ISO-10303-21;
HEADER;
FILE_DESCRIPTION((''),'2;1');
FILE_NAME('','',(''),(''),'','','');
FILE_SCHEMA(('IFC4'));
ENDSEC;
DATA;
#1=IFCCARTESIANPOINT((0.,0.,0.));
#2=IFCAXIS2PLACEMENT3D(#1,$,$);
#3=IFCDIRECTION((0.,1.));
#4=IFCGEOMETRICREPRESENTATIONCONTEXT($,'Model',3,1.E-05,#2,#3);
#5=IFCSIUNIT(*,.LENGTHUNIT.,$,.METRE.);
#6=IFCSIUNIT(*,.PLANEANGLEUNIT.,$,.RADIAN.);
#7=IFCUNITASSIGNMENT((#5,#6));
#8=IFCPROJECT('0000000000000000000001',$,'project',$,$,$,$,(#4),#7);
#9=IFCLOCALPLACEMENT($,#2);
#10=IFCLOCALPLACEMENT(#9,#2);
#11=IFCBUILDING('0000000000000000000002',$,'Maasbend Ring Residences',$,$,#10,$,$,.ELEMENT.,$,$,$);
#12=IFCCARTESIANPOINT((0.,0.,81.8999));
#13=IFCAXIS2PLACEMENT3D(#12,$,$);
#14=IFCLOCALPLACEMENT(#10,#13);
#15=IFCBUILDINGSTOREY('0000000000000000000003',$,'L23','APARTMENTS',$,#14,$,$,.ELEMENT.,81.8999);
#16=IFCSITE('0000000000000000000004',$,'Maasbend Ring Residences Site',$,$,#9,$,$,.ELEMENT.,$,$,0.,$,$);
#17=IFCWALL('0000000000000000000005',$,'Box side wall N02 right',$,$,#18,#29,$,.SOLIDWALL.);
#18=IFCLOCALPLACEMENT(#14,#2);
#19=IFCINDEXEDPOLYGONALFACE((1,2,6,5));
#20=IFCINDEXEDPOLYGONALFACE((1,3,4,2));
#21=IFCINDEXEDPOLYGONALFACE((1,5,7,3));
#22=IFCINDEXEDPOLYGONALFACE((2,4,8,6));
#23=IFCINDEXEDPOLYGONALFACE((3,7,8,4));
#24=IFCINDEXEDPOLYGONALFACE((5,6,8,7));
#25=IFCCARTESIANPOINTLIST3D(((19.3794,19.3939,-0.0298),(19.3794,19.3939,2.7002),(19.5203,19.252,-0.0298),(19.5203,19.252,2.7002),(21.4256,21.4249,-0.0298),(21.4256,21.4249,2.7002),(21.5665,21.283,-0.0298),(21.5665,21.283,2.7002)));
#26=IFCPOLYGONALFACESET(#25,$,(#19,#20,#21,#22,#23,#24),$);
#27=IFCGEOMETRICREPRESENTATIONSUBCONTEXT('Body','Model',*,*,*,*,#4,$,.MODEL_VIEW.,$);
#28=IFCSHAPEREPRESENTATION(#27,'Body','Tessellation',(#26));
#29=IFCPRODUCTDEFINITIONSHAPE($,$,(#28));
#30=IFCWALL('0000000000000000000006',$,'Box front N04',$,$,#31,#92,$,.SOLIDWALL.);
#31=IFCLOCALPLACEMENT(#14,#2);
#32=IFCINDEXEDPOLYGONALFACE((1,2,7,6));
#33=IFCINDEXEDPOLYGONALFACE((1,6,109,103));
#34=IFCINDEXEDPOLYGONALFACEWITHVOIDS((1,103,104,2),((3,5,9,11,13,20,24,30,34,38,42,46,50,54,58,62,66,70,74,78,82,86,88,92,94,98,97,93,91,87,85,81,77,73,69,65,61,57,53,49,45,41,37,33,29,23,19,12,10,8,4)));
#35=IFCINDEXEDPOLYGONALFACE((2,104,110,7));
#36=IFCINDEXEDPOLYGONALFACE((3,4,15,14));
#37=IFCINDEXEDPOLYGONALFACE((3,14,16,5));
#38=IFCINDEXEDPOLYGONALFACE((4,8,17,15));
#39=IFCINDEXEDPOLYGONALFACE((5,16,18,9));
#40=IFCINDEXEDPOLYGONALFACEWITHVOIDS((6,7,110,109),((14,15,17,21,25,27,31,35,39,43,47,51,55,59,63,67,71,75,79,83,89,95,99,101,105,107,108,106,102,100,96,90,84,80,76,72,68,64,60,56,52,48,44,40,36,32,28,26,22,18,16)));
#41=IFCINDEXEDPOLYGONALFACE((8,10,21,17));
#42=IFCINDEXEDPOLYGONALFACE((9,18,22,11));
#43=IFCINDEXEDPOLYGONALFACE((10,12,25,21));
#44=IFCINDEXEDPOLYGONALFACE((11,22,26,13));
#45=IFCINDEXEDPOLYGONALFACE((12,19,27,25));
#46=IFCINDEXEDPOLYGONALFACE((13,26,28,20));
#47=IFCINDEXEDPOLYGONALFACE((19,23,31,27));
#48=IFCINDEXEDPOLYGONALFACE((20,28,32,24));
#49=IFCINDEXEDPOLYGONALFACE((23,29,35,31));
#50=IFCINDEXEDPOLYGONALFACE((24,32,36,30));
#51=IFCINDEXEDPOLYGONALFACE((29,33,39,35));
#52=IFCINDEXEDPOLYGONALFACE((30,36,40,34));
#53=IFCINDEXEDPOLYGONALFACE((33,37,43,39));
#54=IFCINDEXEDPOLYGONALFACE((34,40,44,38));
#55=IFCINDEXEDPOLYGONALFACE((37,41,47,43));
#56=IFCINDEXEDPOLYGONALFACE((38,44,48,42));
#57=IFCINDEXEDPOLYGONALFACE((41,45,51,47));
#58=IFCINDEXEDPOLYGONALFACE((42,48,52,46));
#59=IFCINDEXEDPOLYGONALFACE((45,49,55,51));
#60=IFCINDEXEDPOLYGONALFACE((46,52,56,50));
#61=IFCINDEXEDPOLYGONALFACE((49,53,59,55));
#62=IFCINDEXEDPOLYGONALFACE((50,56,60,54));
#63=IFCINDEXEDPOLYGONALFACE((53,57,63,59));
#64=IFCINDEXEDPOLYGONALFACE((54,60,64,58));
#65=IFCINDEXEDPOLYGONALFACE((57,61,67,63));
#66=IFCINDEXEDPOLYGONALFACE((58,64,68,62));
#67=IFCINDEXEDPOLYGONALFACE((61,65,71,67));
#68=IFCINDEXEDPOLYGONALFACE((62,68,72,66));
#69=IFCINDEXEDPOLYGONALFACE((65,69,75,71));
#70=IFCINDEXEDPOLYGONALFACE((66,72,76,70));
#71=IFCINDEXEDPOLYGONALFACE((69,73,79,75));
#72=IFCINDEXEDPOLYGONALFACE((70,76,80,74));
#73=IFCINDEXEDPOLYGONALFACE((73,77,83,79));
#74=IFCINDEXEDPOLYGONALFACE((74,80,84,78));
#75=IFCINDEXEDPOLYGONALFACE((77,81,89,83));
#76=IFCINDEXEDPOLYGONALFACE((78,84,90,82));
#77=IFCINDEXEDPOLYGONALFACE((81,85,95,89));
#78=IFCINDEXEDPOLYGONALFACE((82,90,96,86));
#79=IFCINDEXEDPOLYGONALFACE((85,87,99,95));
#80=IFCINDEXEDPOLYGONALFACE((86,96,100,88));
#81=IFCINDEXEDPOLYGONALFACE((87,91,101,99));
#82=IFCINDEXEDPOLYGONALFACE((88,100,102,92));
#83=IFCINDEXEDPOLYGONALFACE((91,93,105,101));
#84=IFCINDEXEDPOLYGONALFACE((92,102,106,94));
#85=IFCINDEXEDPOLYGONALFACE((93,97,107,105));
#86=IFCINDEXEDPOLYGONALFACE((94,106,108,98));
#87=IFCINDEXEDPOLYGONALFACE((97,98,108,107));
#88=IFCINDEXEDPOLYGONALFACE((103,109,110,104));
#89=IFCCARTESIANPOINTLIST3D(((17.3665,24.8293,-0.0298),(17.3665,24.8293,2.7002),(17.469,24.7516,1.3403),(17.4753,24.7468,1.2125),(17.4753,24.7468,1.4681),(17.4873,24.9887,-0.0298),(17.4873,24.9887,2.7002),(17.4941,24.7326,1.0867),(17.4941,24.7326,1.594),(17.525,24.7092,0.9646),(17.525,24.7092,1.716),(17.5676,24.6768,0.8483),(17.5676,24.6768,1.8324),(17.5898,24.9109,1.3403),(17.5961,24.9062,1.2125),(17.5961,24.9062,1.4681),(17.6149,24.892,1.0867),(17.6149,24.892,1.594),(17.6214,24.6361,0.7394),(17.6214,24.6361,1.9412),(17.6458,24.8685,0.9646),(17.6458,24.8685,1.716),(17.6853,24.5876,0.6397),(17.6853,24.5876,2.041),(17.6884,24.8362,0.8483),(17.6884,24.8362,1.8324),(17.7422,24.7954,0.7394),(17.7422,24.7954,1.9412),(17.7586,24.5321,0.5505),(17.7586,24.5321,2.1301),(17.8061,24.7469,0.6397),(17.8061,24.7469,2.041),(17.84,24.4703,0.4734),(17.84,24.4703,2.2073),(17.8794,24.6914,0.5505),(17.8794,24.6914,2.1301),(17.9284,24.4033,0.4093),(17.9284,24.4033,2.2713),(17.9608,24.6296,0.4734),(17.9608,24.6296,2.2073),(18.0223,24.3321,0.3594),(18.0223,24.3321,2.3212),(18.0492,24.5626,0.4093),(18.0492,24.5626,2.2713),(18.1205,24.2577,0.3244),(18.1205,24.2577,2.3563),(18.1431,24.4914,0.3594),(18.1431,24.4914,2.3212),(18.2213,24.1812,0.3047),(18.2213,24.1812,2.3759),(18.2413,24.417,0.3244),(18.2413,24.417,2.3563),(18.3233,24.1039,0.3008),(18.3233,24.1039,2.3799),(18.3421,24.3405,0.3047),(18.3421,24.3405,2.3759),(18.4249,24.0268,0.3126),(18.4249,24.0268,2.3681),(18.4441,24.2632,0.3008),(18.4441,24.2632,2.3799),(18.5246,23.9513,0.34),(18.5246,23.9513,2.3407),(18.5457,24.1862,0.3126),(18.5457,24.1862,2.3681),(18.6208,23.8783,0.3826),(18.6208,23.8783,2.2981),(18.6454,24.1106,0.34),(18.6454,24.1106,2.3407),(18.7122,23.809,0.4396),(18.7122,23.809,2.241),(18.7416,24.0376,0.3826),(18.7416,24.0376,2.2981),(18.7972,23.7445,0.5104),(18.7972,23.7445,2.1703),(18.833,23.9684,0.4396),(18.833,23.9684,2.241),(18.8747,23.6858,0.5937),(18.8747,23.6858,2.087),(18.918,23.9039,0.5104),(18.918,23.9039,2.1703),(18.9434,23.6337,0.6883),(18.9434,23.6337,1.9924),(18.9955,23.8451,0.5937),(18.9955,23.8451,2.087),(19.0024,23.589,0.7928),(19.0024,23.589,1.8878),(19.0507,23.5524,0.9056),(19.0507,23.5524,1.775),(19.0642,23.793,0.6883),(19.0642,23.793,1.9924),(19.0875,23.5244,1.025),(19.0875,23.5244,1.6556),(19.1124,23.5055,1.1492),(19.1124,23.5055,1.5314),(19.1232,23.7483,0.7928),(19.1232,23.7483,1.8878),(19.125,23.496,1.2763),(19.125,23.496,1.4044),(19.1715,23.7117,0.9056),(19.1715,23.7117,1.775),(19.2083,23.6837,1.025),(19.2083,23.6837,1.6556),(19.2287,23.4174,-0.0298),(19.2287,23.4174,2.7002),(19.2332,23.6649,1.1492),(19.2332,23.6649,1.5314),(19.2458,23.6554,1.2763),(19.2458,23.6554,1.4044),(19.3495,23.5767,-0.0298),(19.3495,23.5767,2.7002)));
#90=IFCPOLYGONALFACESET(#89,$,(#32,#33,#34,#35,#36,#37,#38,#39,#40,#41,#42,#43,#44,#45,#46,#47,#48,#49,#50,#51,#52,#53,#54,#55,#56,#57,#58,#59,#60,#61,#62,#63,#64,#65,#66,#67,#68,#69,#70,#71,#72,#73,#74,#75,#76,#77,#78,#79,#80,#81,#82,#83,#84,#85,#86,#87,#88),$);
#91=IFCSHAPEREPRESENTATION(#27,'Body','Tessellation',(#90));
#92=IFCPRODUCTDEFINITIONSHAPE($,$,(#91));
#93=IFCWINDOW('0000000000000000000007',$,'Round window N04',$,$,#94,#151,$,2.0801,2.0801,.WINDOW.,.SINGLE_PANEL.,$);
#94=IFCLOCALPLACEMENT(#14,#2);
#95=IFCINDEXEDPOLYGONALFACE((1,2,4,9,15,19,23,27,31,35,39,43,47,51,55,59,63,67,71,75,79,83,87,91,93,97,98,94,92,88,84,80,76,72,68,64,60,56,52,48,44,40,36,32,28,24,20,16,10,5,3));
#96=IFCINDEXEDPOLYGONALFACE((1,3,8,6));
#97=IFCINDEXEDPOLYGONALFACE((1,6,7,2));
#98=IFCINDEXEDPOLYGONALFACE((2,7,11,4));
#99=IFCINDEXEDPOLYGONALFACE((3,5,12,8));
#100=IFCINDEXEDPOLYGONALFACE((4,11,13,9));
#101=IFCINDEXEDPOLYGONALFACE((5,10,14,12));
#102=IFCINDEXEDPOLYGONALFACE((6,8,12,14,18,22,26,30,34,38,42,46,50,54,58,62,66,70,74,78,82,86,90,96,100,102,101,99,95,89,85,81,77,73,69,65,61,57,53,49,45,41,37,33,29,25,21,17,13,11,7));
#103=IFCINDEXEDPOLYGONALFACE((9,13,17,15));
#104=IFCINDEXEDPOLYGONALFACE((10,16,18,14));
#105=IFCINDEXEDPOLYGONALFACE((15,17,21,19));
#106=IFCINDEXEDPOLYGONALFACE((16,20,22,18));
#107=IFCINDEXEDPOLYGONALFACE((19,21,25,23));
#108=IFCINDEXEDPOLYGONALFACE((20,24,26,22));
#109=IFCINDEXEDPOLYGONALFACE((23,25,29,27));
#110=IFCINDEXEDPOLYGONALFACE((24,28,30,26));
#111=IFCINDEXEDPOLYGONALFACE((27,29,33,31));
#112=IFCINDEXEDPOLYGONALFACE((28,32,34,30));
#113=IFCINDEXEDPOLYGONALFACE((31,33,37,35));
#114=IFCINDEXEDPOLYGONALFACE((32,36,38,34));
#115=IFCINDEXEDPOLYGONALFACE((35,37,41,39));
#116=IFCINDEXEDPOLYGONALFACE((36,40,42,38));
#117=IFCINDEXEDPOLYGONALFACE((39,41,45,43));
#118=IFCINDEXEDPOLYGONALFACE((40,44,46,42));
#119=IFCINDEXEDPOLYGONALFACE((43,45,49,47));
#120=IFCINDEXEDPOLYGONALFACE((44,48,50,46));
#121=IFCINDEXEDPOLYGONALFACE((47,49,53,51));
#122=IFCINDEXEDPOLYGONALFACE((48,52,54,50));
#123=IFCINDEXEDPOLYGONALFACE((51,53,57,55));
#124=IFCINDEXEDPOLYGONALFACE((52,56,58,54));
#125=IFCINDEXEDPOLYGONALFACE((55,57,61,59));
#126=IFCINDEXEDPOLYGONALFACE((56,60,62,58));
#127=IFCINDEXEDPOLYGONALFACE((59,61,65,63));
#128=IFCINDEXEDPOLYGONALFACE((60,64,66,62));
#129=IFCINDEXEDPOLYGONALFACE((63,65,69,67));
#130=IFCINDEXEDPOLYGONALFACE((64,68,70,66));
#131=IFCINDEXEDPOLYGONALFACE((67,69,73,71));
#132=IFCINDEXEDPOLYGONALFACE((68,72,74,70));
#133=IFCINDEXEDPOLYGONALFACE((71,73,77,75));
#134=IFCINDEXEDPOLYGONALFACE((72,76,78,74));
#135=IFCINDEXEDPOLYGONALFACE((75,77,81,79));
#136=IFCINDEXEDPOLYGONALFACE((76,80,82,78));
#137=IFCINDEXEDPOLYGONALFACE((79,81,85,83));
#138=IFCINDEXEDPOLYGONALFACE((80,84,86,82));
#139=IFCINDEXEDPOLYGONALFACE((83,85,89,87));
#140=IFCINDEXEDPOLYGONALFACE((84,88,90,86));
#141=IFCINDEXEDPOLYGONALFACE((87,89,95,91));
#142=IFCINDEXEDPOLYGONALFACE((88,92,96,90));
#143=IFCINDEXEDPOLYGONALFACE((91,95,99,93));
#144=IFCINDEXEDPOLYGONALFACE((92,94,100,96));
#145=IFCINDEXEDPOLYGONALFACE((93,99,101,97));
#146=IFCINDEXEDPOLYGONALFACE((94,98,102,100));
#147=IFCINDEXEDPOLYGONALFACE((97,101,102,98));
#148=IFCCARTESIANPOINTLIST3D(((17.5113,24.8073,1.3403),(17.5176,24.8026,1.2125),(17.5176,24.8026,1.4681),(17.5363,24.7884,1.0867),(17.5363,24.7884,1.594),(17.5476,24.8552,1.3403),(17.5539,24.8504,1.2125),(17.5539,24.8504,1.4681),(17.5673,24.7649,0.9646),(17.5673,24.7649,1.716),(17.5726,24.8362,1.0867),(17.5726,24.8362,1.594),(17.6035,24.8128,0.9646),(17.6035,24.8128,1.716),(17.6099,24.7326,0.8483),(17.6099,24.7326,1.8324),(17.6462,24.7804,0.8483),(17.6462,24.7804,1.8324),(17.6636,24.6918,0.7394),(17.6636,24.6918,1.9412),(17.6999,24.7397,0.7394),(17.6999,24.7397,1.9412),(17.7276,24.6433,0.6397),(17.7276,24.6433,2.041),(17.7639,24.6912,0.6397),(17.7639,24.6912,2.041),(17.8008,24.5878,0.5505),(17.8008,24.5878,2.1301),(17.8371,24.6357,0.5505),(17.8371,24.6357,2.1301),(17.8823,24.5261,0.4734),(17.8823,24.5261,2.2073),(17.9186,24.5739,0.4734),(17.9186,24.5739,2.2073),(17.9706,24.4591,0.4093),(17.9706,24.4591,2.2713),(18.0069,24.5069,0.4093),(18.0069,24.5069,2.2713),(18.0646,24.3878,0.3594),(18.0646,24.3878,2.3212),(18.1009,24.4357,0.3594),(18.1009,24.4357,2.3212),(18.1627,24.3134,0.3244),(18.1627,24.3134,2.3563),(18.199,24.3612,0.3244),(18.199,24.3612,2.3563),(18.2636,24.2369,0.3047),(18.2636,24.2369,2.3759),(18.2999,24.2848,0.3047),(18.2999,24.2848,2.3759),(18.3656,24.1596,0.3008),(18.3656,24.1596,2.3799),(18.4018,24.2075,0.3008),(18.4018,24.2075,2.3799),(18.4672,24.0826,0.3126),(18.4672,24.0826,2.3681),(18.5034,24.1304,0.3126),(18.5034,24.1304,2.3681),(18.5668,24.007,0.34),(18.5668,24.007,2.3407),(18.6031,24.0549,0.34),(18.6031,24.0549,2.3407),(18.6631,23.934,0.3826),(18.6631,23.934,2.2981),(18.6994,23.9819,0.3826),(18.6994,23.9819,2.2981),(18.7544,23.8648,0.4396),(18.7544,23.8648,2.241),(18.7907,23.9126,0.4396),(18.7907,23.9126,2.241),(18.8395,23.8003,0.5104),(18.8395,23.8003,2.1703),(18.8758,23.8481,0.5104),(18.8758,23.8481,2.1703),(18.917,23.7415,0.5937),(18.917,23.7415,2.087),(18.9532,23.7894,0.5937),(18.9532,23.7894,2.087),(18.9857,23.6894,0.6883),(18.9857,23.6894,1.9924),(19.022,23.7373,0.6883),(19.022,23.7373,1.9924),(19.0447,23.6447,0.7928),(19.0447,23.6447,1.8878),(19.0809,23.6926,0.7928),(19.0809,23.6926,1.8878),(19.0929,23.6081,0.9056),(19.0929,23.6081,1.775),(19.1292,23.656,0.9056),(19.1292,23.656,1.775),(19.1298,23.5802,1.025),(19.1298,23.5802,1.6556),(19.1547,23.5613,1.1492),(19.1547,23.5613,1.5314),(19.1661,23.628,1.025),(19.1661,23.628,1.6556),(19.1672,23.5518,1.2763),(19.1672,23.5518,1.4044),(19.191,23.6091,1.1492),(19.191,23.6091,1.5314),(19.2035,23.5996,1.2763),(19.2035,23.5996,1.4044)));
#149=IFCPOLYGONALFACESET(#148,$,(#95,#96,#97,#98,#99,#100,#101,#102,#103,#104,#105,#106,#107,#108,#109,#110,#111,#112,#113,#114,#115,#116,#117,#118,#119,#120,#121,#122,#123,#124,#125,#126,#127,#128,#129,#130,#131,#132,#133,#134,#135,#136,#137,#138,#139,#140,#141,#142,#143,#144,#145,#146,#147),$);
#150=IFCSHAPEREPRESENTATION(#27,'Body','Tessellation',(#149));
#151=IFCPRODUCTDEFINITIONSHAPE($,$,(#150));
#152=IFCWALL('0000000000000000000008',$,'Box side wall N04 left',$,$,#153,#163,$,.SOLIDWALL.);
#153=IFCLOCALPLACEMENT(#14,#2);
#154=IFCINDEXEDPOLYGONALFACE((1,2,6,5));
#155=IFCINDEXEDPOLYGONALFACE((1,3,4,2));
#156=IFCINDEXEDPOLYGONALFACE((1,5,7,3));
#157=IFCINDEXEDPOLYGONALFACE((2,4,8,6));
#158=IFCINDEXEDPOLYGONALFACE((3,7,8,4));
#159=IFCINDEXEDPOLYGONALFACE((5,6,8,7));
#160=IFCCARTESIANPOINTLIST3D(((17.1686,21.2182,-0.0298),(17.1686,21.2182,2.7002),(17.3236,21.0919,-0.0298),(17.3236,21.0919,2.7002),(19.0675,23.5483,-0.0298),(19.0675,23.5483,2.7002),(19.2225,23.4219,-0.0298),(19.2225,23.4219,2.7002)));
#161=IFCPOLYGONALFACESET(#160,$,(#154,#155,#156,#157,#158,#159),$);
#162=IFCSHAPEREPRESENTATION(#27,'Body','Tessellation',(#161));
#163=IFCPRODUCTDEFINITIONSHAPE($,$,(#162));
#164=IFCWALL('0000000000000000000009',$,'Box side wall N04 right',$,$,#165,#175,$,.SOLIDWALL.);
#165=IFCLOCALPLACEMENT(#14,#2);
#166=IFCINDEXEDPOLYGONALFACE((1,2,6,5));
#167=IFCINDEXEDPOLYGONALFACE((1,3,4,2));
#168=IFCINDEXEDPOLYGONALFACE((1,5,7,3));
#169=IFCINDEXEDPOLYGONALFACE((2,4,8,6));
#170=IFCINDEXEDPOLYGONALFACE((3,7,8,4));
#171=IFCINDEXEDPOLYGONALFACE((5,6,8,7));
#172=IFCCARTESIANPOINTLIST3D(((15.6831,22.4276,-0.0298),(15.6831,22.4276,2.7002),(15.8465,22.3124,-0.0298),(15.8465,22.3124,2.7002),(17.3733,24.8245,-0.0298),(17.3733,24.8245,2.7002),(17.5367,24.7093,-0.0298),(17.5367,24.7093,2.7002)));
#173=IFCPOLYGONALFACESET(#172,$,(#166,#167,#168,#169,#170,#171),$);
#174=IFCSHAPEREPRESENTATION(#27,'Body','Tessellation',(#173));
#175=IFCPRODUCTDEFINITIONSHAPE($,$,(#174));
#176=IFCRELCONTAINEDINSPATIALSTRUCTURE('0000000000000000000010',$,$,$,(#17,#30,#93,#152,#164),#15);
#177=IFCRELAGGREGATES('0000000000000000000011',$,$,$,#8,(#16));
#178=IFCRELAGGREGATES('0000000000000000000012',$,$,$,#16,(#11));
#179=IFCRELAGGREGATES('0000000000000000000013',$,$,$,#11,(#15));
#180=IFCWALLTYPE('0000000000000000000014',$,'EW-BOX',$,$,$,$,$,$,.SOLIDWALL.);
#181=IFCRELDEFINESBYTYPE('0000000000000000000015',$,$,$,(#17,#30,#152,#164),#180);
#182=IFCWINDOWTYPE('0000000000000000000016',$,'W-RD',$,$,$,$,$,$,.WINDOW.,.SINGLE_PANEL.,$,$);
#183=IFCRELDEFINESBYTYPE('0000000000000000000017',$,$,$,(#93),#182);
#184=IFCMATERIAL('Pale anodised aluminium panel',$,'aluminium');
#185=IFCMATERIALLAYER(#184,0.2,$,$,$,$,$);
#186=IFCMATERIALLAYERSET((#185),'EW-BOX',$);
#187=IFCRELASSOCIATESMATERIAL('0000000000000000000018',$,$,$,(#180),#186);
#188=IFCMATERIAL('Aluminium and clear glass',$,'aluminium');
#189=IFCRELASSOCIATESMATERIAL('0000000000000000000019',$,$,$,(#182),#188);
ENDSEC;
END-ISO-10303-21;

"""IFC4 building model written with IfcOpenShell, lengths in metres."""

from ifc_helpers import new_model, si_unit, direction, frame, frame_2d, origin, place, context, subcontext, project, spatial, rectangle, circle, extrude, material, layer, layer_set, type_object, element, fill, save


model = new_model("IFC4")

# Units and contexts
model_context = context("Model", 3, precision=1e-05, world=origin(), true_north=direction((0.0, 1.0)))
body_context = subcontext(model_context, "Body", "Model", "MODEL_VIEW")
ifc_project = project(units=[si_unit("LENGTHUNIT", "METRE"), si_unit("PLANEANGLEUNIT", "RADIAN")], contexts=[model_context])

# Site, building, storey
site_placement = place(None, origin())
site = spatial("IfcSite", under=ifc_project, at=site_placement, Name="Maasbend Ring Residences Site", CompositionType="ELEMENT", RefElevation=0.0)
building_placement = place(site_placement, origin())
building = spatial("IfcBuilding", under=site, at=building_placement, Name="Maasbend Ring Residences", CompositionType="ELEMENT")
storey_placement = place(building_placement, frame((0.0, 0.0, 81.8999)))
storey = spatial("IfcBuildingStorey", under=building, at=storey_placement, Name="L23", Description="APARTMENTS", CompositionType="ELEMENT", Elevation=81.8999)

# Shared definitions
ifc_material_1 = material(Name="Pale anodised aluminium panel", Category="aluminium")
ifc_layer_1 = layer(ifc_material_1, 0.2)
ifc_layer_set_1 = layer_set([ifc_layer_1], Name="EW-BOX")
wall_type_1 = type_object("IfcWallType", Name="EW-BOX", PredefinedType="SOLIDWALL", material=ifc_layer_set_1)
ifc_material_2 = material(Name="Aluminium and clear glass", Category="aluminium")
window_type_1 = type_object("IfcWindowType", Name="W-RD", PartitioningType="SINGLE_PANEL", PredefinedType="WINDOW", material=ifc_material_2)

# Wall
wall_1_placement = place(storey_placement, frame((19.45, 19.323, -0.0298), z_axis=(0.0, 0.0, 1.0), x_axis=(0.709727, 0.704477, 0.0)))
element("IfcWall", 1, at=wall_1_placement, inside=storey, type_object=wall_type_1, Name="Box side wall N02 right", PredefinedType="SOLIDWALL", context=body_context, shape_type="SweptSolid", body=[
    extrude(rectangle(XDim=2.8831, YDim=0.2, at=frame_2d((1.4414, 0.0))), origin(), (0.0, 0.0, 1.0), 2.73),
])

# Wall, opening, window
wall_2_placement = place(storey_placement, frame((19.2891, 23.4971, -0.0298), z_axis=(0.0, 0.0, 1.0), x_axis=(-0.796842, 0.604188, 0.0)))
wall_2 = element("IfcWall", 2, at=wall_2_placement, inside=storey, type_object=wall_type_1, Name="Box front N04", PredefinedType="SOLIDWALL", context=body_context, shape_type="SweptSolid", body=[
    extrude(rectangle(XDim=2.3369, YDim=0.2, at=frame_2d((1.1685, 0.0))), origin(), (0.0, 0.0, 1.0), 2.73),
])
opening_1_placement = place(wall_2_placement, frame((0.1282, 0.0, 0.3301)))
opening_1 = element("IfcOpeningElement", 3, at=opening_1_placement, cuts=wall_2, PredefinedType="OPENING", context=body_context, shape_type="SweptSolid", body=[
    extrude(circle(Radius=1.04, at=frame_2d((1.04, 1.04))), frame((0.0, 0.1099, 0.0), z_axis=(0.0, -1.0, 0.0), x_axis=(1.0, 0.0, 0.0)), (0.0, 0.0, 1.0), 0.22),
])
window_1_placement = place(opening_1_placement, origin())
window_1 = element("IfcWindow", 4, at=window_1_placement, inside=storey, type_object=window_type_1, Name="Round window N04", OverallHeight=2.0801, OverallWidth=2.0801, PartitioningType="SINGLE_PANEL", PredefinedType="WINDOW", context=body_context, shape_type="SweptSolid", body=[
    extrude(circle(Radius=1.04, at=frame_2d((1.04, 1.04))), frame((0.0, 0.03, 0.0), z_axis=(0.0, -1.0, 0.0), x_axis=(1.0, 0.0, 0.0)), (0.0, 0.0, 1.0), 0.0601),
])
fill(opening_1, window_1)

# Walls
wall_3_placement = place(storey_placement, frame((17.2461, 21.155, -0.0298), z_axis=(0.0, 0.0, 1.0), x_axis=(0.631742, 0.775179, 0.0)))
element("IfcWall", 5, at=wall_3_placement, inside=storey, type_object=wall_type_1, Name="Box side wall N04 left", PredefinedType="SOLIDWALL", context=body_context, shape_type="SweptSolid", body=[
    extrude(rectangle(XDim=3.0059, YDim=0.2, at=frame_2d((1.5029, 0.0))), origin(), (0.0, 0.0, 1.0), 2.73),
])
wall_4_placement = place(storey_placement, frame((15.7649, 22.3701, -0.0298), z_axis=(0.0, 0.0, 1.0), x_axis=(0.576275, 0.817256, 0.0)))
element("IfcWall", 6, at=wall_4_placement, inside=storey, type_object=wall_type_1, Name="Box side wall N04 right", PredefinedType="SOLIDWALL", context=body_context, shape_type="SweptSolid", body=[
    extrude(rectangle(XDim=2.9329, YDim=0.2, at=frame_2d((1.4663, 0.0))), origin(), (0.0, 0.0, 1.0), 2.73),
])

save(model, "model.ifc")
